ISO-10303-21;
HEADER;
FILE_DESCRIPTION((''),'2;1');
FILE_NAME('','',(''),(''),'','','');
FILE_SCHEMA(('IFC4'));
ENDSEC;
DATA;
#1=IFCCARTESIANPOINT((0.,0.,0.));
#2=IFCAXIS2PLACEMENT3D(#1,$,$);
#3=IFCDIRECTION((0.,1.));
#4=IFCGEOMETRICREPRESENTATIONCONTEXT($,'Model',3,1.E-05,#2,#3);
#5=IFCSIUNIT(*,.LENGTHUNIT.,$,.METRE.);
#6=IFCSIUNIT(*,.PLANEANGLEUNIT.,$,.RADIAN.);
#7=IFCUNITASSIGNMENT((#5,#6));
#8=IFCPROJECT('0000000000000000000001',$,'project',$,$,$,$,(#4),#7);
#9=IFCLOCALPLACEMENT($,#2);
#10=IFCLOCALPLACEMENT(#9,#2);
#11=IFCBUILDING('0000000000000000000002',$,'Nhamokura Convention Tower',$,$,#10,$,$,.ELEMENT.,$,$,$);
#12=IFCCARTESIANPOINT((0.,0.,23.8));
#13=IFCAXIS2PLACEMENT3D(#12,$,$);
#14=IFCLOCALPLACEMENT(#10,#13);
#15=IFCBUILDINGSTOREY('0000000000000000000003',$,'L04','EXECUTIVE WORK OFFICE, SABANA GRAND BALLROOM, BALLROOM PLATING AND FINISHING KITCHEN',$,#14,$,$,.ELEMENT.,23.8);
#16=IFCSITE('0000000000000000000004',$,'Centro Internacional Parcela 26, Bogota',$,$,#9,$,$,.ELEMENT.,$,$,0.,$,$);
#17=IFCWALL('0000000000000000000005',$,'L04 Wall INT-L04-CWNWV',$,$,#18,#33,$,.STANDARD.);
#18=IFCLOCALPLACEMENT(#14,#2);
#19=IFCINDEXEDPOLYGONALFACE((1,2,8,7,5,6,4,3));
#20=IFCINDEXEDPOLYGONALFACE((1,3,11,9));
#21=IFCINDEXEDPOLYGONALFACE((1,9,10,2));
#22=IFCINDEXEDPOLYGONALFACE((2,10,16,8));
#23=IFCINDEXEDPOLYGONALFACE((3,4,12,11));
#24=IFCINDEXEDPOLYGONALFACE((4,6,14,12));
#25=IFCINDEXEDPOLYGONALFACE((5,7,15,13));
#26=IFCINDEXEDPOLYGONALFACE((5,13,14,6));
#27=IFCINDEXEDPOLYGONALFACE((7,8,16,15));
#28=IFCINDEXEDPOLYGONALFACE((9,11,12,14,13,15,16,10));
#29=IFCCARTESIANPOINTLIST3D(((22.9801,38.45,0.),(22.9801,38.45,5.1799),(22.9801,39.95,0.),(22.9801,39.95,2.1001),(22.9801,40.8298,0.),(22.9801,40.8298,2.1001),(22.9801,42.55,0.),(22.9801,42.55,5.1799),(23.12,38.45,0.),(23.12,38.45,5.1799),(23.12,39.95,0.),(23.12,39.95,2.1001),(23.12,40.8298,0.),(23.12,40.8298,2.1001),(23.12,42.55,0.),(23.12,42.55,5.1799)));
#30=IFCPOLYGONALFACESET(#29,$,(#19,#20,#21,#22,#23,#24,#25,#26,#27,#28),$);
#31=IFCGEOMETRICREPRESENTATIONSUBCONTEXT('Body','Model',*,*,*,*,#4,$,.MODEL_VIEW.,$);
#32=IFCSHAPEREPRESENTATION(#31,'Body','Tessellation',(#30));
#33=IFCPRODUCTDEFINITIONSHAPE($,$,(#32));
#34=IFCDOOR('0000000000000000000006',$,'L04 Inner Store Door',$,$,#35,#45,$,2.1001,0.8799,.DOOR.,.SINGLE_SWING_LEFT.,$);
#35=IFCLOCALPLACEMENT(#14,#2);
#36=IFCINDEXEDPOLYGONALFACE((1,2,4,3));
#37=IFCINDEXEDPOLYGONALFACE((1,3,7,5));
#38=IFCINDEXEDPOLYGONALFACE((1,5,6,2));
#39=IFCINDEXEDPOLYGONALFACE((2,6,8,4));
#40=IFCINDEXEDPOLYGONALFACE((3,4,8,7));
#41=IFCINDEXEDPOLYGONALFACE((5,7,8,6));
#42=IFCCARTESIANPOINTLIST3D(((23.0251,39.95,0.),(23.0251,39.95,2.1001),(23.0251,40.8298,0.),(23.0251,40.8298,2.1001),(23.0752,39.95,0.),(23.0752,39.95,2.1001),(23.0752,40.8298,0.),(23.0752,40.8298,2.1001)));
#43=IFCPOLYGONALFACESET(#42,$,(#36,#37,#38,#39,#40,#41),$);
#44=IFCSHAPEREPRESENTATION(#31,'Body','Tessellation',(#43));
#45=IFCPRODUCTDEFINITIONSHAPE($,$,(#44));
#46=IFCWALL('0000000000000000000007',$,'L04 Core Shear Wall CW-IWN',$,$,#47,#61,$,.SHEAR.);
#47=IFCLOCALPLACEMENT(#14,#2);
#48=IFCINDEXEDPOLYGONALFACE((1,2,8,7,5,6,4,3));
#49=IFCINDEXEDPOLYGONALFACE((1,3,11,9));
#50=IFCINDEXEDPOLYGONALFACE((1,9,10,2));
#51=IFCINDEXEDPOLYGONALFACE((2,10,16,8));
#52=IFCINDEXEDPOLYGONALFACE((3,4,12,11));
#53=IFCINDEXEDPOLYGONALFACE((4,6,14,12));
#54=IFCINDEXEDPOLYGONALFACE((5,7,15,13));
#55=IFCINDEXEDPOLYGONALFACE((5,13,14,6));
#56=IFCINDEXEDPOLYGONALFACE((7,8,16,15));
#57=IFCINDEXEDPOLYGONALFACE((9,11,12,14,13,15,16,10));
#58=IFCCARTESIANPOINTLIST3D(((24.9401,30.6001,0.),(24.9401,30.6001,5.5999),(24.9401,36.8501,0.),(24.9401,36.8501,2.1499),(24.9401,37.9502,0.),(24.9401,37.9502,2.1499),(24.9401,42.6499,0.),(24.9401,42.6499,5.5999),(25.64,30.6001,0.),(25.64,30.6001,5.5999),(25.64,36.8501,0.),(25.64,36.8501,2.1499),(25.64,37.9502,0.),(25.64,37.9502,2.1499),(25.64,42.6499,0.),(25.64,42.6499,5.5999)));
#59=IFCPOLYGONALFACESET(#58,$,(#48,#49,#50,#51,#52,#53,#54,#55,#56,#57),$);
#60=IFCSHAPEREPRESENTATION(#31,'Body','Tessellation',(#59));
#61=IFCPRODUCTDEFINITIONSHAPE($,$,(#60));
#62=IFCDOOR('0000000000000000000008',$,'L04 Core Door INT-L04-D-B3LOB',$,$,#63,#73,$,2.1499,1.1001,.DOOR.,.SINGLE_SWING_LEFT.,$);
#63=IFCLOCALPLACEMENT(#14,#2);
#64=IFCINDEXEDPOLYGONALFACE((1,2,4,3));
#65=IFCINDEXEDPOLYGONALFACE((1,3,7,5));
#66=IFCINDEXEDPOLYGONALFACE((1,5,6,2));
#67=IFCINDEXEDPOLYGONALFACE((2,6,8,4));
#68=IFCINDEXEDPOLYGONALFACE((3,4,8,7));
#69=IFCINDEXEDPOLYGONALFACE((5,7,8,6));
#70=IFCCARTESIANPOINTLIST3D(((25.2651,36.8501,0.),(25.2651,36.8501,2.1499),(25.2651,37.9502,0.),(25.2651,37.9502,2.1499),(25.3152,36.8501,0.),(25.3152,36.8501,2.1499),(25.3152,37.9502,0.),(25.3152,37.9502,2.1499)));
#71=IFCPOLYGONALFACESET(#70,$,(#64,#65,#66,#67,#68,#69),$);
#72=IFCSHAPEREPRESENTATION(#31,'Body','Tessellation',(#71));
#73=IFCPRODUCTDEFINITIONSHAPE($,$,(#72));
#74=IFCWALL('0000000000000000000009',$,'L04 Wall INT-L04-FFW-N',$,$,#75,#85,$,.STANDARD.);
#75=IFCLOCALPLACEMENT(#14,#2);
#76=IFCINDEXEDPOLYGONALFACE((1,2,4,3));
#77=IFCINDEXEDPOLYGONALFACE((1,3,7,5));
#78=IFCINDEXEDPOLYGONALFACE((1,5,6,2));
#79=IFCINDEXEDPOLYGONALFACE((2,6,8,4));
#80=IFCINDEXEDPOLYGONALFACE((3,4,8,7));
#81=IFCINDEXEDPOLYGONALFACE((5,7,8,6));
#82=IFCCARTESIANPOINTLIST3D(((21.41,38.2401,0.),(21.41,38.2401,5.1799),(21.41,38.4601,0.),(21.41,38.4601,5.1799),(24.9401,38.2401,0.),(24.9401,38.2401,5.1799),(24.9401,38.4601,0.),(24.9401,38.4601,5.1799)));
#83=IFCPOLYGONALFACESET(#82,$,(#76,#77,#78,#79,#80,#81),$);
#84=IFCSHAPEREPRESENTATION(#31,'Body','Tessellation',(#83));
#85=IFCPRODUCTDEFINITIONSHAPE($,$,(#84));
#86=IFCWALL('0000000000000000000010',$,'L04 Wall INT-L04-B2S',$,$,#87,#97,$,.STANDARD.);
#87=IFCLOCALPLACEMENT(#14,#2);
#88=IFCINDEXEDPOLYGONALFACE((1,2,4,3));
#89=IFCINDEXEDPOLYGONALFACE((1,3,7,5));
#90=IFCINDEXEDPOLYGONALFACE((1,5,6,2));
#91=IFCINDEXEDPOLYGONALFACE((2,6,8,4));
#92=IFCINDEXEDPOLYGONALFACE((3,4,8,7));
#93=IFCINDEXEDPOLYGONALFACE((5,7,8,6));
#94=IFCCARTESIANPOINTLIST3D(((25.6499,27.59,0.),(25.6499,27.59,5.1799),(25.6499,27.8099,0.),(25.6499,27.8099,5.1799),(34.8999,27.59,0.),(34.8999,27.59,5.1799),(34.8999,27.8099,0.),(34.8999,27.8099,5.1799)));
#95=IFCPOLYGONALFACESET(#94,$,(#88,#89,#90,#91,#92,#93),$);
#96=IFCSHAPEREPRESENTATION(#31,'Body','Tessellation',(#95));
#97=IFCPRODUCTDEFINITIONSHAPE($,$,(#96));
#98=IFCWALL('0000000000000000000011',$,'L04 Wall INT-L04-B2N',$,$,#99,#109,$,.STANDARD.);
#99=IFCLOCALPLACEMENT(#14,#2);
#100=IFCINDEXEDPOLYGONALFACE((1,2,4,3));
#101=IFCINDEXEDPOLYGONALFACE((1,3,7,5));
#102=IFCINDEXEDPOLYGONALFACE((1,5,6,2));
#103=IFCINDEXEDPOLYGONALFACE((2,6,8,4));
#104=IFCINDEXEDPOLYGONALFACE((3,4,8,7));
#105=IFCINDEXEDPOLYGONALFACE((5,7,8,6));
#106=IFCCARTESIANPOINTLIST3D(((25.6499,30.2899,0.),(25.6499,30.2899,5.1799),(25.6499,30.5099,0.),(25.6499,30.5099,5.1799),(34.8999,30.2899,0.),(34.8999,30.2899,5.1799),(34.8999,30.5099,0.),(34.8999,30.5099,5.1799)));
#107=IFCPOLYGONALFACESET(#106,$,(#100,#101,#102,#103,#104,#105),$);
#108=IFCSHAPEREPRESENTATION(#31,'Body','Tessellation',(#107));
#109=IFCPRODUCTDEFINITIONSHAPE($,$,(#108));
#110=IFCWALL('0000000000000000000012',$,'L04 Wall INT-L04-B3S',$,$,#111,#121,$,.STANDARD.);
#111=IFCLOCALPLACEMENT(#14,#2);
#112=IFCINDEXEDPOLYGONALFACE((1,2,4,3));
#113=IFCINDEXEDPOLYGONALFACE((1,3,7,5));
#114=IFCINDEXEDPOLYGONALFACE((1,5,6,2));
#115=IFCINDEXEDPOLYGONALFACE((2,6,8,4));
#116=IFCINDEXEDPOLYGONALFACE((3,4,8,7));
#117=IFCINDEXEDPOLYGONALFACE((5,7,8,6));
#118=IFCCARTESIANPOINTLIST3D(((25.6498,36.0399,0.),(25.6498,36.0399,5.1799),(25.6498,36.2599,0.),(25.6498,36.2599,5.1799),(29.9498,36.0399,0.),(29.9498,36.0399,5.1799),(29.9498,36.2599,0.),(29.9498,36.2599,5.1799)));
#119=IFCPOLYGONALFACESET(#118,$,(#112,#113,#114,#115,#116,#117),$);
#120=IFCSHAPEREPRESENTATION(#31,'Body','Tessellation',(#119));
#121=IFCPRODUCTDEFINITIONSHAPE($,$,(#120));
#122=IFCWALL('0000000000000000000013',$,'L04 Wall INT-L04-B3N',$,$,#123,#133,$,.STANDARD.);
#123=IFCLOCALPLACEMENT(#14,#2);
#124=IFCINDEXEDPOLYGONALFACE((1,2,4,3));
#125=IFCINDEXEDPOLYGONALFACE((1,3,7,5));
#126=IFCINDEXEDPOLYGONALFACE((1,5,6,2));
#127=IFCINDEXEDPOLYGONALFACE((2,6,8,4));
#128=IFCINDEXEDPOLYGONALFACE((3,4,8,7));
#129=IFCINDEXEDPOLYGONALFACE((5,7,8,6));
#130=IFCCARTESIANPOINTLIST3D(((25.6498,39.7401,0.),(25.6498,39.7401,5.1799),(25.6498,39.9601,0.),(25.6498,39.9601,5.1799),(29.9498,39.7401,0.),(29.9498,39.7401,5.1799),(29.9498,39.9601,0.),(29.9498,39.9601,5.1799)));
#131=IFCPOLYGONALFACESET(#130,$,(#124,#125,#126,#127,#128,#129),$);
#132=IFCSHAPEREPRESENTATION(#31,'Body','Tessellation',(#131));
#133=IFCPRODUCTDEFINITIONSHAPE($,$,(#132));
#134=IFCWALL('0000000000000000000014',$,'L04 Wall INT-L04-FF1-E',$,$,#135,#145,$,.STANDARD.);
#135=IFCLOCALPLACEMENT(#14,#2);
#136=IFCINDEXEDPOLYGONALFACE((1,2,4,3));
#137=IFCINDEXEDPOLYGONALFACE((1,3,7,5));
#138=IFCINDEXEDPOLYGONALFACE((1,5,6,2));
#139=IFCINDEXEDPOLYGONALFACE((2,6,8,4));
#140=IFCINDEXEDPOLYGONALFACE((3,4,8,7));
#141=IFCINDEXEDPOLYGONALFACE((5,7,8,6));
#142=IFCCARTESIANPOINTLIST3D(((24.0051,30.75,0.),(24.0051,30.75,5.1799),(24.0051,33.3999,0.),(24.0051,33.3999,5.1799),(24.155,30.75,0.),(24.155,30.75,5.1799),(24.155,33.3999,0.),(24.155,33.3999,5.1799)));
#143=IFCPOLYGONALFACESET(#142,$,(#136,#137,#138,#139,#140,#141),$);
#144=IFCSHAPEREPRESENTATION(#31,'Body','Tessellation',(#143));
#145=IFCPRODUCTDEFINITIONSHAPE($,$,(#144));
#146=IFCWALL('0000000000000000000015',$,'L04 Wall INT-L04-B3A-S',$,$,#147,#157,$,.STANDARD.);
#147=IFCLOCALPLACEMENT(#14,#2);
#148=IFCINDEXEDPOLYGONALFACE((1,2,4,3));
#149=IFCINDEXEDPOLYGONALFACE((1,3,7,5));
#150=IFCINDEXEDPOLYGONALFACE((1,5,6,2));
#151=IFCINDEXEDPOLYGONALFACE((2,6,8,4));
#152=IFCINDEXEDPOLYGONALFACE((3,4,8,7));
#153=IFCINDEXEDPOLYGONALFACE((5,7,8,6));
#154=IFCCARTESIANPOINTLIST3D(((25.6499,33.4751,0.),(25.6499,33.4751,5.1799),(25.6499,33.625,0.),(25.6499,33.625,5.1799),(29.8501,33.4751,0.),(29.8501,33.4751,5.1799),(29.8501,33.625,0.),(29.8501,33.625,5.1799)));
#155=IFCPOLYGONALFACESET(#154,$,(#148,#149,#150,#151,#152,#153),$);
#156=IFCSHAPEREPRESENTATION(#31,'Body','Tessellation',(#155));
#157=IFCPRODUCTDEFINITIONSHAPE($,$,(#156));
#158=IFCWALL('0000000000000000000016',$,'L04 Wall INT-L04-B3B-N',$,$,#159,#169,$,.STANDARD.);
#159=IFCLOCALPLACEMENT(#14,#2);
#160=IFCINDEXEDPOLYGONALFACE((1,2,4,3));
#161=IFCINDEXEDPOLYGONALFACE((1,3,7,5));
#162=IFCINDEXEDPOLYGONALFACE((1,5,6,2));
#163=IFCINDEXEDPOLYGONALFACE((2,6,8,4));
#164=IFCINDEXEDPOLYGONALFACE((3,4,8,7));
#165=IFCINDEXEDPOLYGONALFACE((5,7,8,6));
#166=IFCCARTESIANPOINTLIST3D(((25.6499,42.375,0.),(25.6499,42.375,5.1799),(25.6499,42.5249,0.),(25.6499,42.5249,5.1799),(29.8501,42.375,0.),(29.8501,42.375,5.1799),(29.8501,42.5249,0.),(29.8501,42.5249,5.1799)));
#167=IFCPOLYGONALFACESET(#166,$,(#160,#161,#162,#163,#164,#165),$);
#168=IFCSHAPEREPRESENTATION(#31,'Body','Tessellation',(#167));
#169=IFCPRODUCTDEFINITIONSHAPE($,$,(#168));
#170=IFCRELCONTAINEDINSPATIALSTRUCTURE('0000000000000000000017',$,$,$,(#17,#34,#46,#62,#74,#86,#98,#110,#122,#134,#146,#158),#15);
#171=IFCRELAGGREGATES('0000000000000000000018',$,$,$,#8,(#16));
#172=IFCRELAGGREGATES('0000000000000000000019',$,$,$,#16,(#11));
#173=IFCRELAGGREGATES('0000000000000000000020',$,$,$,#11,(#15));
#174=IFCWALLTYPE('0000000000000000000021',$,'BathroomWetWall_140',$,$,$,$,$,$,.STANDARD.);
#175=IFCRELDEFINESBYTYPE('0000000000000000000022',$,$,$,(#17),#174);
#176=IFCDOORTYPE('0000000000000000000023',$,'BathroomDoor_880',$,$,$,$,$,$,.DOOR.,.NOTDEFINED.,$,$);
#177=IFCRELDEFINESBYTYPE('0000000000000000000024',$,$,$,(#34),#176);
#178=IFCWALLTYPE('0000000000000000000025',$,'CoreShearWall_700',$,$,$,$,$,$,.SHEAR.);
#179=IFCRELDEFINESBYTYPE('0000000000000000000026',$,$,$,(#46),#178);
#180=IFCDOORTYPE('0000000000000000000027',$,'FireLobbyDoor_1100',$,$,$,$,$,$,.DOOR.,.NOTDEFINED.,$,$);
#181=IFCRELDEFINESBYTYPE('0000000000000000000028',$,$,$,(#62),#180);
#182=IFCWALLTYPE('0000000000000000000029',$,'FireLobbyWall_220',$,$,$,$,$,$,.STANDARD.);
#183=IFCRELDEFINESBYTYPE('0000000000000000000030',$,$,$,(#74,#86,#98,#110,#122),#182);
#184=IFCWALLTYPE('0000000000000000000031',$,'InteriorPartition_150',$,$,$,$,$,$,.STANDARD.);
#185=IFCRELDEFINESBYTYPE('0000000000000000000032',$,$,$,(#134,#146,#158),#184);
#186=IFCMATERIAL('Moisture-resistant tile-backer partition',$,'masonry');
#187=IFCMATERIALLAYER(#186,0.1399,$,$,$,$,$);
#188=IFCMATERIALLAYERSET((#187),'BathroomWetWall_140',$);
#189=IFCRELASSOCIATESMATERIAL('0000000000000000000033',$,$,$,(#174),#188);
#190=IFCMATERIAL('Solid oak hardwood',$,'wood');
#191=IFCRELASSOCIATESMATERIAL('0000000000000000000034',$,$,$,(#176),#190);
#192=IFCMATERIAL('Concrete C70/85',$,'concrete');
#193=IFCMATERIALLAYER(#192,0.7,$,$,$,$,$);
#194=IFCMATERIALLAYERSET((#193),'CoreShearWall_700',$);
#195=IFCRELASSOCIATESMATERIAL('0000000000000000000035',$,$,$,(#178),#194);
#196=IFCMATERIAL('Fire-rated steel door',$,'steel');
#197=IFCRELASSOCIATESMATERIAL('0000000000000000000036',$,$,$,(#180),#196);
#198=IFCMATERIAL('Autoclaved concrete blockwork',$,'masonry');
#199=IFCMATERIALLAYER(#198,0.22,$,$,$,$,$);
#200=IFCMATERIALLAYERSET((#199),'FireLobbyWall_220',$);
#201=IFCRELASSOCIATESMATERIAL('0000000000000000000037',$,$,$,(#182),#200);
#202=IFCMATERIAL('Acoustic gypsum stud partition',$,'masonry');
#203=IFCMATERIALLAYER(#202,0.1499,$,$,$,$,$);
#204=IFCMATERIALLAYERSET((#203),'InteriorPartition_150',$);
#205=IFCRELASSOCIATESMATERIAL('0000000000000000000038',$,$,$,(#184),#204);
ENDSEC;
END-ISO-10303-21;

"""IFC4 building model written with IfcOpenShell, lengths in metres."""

from ifc_helpers import new_model, si_unit, direction, frame, frame_2d, origin, place, context, subcontext, project, spatial, rectangle, extrude, material, layer, layer_set, type_object, element, fill, save


model = new_model("IFC4")

# Units and contexts
model_context = context("Model", 3, precision=1e-05, world=origin(), true_north=direction((0.0, 1.0)))
body_context = subcontext(model_context, "Body", "Model", "MODEL_VIEW")
ifc_project = project(units=[si_unit("LENGTHUNIT", "METRE"), si_unit("PLANEANGLEUNIT", "RADIAN")], contexts=[model_context])

# Site, building, storey
site_placement = place(None, origin())
site = spatial("IfcSite", under=ifc_project, at=site_placement, Name="Centro Internacional Parcela 26, Bogota", CompositionType="ELEMENT", RefElevation=0.0)
building_placement = place(site_placement, origin())
building = spatial("IfcBuilding", under=site, at=building_placement, Name="Nhamokura Convention Tower", CompositionType="ELEMENT")
storey_placement = place(building_placement, frame((0.0, 0.0, 23.8)))
storey = spatial("IfcBuildingStorey", under=building, at=storey_placement, Name="L04", Description="EXECUTIVE WORK OFFICE, SABANA GRAND BALLROOM, BALLROOM PLATING AND FINISHING KITCHEN", CompositionType="ELEMENT", Elevation=23.8)

# Walls, openings, doors
ifc_material_1 = material(Name="Moisture-resistant tile-backer partition", Category="masonry")
ifc_layer_1 = layer(ifc_material_1, 0.1399)
ifc_layer_set_1 = layer_set([ifc_layer_1], Name="BathroomWetWall_140")
wall_type_1 = type_object("IfcWallType", Name="BathroomWetWall_140", PredefinedType="STANDARD", material=ifc_layer_set_1)
wall_1_placement = place(storey_placement, frame((23.05, 38.45, 0.0), z_axis=(0.0, 0.0, 1.0), x_axis=(0.0, 1.0, 0.0)))
wall_1 = element("IfcWall", 1, at=wall_1_placement, inside=storey, type_object=wall_type_1, Name="L04 Wall INT-L04-CWNWV", PredefinedType="STANDARD", context=body_context, shape_type="SweptSolid", body=[
    extrude(rectangle(XDim=4.1001, YDim=0.1399, at=frame_2d((2.05, 0.0))), origin(), (0.0, 0.0, 1.0), 5.1799),
])
opening_1_placement = place(wall_1_placement, frame((1.5, 0.0, 0.0)))
opening_1 = element("IfcOpeningElement", 2, at=opening_1_placement, cuts=wall_1, PredefinedType="OPENING", context=body_context, shape_type="SweptSolid", body=[
    extrude(rectangle(XDim=0.8799, YDim=2.1001, at=frame_2d((0.4399, 1.05))), frame((0.0, 0.0798, 0.0), z_axis=(0.0, -1.0, 0.0), x_axis=(1.0, 0.0, 0.0)), (0.0, 0.0, 1.0), 0.1599),
])
ifc_material_2 = material(Name="Solid oak hardwood", Category="wood")
door_type_1 = type_object("IfcDoorType", Name="BathroomDoor_880", OperationType="NOTDEFINED", PredefinedType="DOOR", material=ifc_material_2)
door_1_placement = place(opening_1_placement, origin())
door_1 = element("IfcDoor", 3, at=door_1_placement, inside=storey, type_object=door_type_1, Name="L04 Inner Store Door", OperationType="SINGLE_SWING_LEFT", OverallHeight=2.1001, OverallWidth=0.8799, PredefinedType="DOOR", context=body_context, shape_type="SweptSolid", body=[
    extrude(rectangle(XDim=0.8799, YDim=2.1001, at=frame_2d((0.4399, 1.05))), frame((0.0, 0.0249, 0.0), z_axis=(0.0, -1.0, 0.0), x_axis=(1.0, 0.0, 0.0)), (0.0, 0.0, 1.0), 0.05),
])
fill(opening_1, door_1)
ifc_material_3 = material(Name="Concrete C70/85", Category="concrete")
ifc_layer_2 = layer(ifc_material_3, 0.7)
ifc_layer_set_2 = layer_set([ifc_layer_2], Name="CoreShearWall_700")
wall_type_2 = type_object("IfcWallType", Name="CoreShearWall_700", PredefinedType="SHEAR", material=ifc_layer_set_2)
wall_2_placement = place(storey_placement, frame((25.29, 30.6001, 0.0), z_axis=(0.0, 0.0, 1.0), x_axis=(0.0, 1.0, 0.0)))
wall_2 = element("IfcWall", 4, at=wall_2_placement, inside=storey, type_object=wall_type_2, Name="L04 Core Shear Wall CW-IWN", PredefinedType="SHEAR", context=body_context, shape_type="SweptSolid", body=[
    extrude(rectangle(XDim=12.0498, YDim=0.7, at=frame_2d((6.0249, 0.0))), origin(), (0.0, 0.0, 1.0), 5.5999),
])
opening_2_placement = place(wall_2_placement, frame((6.25, 0.0, 0.0)))
opening_2 = element("IfcOpeningElement", 5, at=opening_2_placement, cuts=wall_2, PredefinedType="OPENING", context=body_context, shape_type="SweptSolid", body=[
    extrude(rectangle(XDim=1.1001, YDim=2.1499, at=frame_2d((0.55, 1.075))), frame((0.0, 0.3599, 0.0), z_axis=(0.0, -1.0, 0.0), x_axis=(1.0, 0.0, 0.0)), (0.0, 0.0, 1.0), 0.72),
])
ifc_material_4 = material(Name="Fire-rated steel door", Category="steel")
door_type_2 = type_object("IfcDoorType", Name="FireLobbyDoor_1100", OperationType="NOTDEFINED", PredefinedType="DOOR", material=ifc_material_4)
door_2_placement = place(opening_2_placement, origin())
door_2 = element("IfcDoor", 6, at=door_2_placement, inside=storey, type_object=door_type_2, Name="L04 Core Door INT-L04-D-B3LOB", OperationType="SINGLE_SWING_LEFT", OverallHeight=2.1499, OverallWidth=1.1001, PredefinedType="DOOR", context=body_context, shape_type="SweptSolid", body=[
    extrude(rectangle(XDim=1.1001, YDim=2.1499, at=frame_2d((0.55, 1.075))), frame((0.0, 0.0249, 0.0), z_axis=(0.0, -1.0, 0.0), x_axis=(1.0, 0.0, 0.0)), (0.0, 0.0, 1.0), 0.05),
])
fill(opening_2, door_2)

# Wall
ifc_material_5 = material(Name="Autoclaved concrete blockwork", Category="masonry")
ifc_layer_3 = layer(ifc_material_5, 0.22)
ifc_layer_set_3 = layer_set([ifc_layer_3], Name="FireLobbyWall_220")
wall_type_3 = type_object("IfcWallType", Name="FireLobbyWall_220", PredefinedType="STANDARD", material=ifc_layer_set_3)
wall_3_placement = place(storey_placement, frame((21.4099, 38.3501, 0.0), z_axis=(0.0, 0.0, 1.0), x_axis=(1.0, 0.0, 0.0)))
element("IfcWall", 7, at=wall_3_placement, inside=storey, type_object=wall_type_3, Name="L04 Wall INT-L04-FFW-N", PredefinedType="STANDARD", context=body_context, shape_type="SweptSolid", body=[
    extrude(rectangle(XDim=3.53, YDim=0.22, at=frame_2d((1.7651, 0.0))), origin(), (0.0, 0.0, 1.0), 5.1799),
])

# Walls
for number, where, z_axis, x_axis, name in (
    (8, (25.6499, 27.7, 0.0), (0.0, 0.0, 1.0), (1.0, 0.0, 0.0), "L04 Wall INT-L04-B2S"),
    (9, (25.6499, 30.3999, 0.0), (0.0, 0.0, 1.0), (1.0, 0.0, 0.0), "L04 Wall INT-L04-B2N"),
):
    element("IfcWall", number, at=place(storey_placement, frame(where, z_axis=z_axis, x_axis=x_axis)), inside=storey, type_object=wall_type_3, Name=name, PredefinedType="STANDARD", context=body_context, shape_type="SweptSolid", body=[
        extrude(rectangle(XDim=9.25, YDim=0.22, at=frame_2d((4.625, 0.0))), origin(), (0.0, 0.0, 1.0), 5.1799),
    ])
for number, where, z_axis, x_axis, name in (
    (10, (25.6499, 36.1499, 0.0), (0.0, 0.0, 1.0), (1.0, 0.0, 0.0), "L04 Wall INT-L04-B3S"),
    (11, (25.6499, 39.8501, 0.0), (0.0, 0.0, 1.0), (1.0, 0.0, 0.0), "L04 Wall INT-L04-B3N"),
):
    element("IfcWall", number, at=place(storey_placement, frame(where, z_axis=z_axis, x_axis=x_axis)), inside=storey, type_object=wall_type_3, Name=name, PredefinedType="STANDARD", context=body_context, shape_type="SweptSolid", body=[
        extrude(rectangle(XDim=4.3, YDim=0.22, at=frame_2d((2.1499, 0.0))), origin(), (0.0, 0.0, 1.0), 5.1799),
    ])
ifc_material_6 = material(Name="Acoustic gypsum stud partition", Category="masonry")
ifc_layer_4 = layer(ifc_material_6, 0.1499)
ifc_layer_set_4 = layer_set([ifc_layer_4], Name="InteriorPartition_150")
wall_type_4 = type_object("IfcWallType", Name="InteriorPartition_150", PredefinedType="STANDARD", material=ifc_layer_set_4)
wall_4_placement = place(storey_placement, frame((24.0801, 30.75, 0.0), z_axis=(0.0, 0.0, 1.0), x_axis=(0.0, 1.0, 0.0)))
element("IfcWall", 12, at=wall_4_placement, inside=storey, type_object=wall_type_4, Name="L04 Wall INT-L04-FF1-E", PredefinedType="STANDARD", context=body_context, shape_type="SweptSolid", body=[
    extrude(rectangle(XDim=2.6499, YDim=0.1499, at=frame_2d((1.325, 0.0))), origin(), (0.0, 0.0, 1.0), 5.1799),
])
for number, where, z_axis, x_axis, name in (
    (13, (25.6499, 33.55, 0.0), (0.0, 0.0, 1.0), (1.0, 0.0, 0.0), "L04 Wall INT-L04-B3A-S"),
    (14, (25.6499, 42.45, 0.0), (0.0, 0.0, 1.0), (1.0, 0.0, 0.0), "L04 Wall INT-L04-B3B-N"),
):
    element("IfcWall", number, at=place(storey_placement, frame(where, z_axis=z_axis, x_axis=x_axis)), inside=storey, type_object=wall_type_4, Name=name, PredefinedType="STANDARD", context=body_context, shape_type="SweptSolid", body=[
        extrude(rectangle(XDim=4.2002, YDim=0.1499, at=frame_2d((2.1001, 0.0))), origin(), (0.0, 0.0, 1.0), 5.1799),
    ])

save(model, "model.ifc")
